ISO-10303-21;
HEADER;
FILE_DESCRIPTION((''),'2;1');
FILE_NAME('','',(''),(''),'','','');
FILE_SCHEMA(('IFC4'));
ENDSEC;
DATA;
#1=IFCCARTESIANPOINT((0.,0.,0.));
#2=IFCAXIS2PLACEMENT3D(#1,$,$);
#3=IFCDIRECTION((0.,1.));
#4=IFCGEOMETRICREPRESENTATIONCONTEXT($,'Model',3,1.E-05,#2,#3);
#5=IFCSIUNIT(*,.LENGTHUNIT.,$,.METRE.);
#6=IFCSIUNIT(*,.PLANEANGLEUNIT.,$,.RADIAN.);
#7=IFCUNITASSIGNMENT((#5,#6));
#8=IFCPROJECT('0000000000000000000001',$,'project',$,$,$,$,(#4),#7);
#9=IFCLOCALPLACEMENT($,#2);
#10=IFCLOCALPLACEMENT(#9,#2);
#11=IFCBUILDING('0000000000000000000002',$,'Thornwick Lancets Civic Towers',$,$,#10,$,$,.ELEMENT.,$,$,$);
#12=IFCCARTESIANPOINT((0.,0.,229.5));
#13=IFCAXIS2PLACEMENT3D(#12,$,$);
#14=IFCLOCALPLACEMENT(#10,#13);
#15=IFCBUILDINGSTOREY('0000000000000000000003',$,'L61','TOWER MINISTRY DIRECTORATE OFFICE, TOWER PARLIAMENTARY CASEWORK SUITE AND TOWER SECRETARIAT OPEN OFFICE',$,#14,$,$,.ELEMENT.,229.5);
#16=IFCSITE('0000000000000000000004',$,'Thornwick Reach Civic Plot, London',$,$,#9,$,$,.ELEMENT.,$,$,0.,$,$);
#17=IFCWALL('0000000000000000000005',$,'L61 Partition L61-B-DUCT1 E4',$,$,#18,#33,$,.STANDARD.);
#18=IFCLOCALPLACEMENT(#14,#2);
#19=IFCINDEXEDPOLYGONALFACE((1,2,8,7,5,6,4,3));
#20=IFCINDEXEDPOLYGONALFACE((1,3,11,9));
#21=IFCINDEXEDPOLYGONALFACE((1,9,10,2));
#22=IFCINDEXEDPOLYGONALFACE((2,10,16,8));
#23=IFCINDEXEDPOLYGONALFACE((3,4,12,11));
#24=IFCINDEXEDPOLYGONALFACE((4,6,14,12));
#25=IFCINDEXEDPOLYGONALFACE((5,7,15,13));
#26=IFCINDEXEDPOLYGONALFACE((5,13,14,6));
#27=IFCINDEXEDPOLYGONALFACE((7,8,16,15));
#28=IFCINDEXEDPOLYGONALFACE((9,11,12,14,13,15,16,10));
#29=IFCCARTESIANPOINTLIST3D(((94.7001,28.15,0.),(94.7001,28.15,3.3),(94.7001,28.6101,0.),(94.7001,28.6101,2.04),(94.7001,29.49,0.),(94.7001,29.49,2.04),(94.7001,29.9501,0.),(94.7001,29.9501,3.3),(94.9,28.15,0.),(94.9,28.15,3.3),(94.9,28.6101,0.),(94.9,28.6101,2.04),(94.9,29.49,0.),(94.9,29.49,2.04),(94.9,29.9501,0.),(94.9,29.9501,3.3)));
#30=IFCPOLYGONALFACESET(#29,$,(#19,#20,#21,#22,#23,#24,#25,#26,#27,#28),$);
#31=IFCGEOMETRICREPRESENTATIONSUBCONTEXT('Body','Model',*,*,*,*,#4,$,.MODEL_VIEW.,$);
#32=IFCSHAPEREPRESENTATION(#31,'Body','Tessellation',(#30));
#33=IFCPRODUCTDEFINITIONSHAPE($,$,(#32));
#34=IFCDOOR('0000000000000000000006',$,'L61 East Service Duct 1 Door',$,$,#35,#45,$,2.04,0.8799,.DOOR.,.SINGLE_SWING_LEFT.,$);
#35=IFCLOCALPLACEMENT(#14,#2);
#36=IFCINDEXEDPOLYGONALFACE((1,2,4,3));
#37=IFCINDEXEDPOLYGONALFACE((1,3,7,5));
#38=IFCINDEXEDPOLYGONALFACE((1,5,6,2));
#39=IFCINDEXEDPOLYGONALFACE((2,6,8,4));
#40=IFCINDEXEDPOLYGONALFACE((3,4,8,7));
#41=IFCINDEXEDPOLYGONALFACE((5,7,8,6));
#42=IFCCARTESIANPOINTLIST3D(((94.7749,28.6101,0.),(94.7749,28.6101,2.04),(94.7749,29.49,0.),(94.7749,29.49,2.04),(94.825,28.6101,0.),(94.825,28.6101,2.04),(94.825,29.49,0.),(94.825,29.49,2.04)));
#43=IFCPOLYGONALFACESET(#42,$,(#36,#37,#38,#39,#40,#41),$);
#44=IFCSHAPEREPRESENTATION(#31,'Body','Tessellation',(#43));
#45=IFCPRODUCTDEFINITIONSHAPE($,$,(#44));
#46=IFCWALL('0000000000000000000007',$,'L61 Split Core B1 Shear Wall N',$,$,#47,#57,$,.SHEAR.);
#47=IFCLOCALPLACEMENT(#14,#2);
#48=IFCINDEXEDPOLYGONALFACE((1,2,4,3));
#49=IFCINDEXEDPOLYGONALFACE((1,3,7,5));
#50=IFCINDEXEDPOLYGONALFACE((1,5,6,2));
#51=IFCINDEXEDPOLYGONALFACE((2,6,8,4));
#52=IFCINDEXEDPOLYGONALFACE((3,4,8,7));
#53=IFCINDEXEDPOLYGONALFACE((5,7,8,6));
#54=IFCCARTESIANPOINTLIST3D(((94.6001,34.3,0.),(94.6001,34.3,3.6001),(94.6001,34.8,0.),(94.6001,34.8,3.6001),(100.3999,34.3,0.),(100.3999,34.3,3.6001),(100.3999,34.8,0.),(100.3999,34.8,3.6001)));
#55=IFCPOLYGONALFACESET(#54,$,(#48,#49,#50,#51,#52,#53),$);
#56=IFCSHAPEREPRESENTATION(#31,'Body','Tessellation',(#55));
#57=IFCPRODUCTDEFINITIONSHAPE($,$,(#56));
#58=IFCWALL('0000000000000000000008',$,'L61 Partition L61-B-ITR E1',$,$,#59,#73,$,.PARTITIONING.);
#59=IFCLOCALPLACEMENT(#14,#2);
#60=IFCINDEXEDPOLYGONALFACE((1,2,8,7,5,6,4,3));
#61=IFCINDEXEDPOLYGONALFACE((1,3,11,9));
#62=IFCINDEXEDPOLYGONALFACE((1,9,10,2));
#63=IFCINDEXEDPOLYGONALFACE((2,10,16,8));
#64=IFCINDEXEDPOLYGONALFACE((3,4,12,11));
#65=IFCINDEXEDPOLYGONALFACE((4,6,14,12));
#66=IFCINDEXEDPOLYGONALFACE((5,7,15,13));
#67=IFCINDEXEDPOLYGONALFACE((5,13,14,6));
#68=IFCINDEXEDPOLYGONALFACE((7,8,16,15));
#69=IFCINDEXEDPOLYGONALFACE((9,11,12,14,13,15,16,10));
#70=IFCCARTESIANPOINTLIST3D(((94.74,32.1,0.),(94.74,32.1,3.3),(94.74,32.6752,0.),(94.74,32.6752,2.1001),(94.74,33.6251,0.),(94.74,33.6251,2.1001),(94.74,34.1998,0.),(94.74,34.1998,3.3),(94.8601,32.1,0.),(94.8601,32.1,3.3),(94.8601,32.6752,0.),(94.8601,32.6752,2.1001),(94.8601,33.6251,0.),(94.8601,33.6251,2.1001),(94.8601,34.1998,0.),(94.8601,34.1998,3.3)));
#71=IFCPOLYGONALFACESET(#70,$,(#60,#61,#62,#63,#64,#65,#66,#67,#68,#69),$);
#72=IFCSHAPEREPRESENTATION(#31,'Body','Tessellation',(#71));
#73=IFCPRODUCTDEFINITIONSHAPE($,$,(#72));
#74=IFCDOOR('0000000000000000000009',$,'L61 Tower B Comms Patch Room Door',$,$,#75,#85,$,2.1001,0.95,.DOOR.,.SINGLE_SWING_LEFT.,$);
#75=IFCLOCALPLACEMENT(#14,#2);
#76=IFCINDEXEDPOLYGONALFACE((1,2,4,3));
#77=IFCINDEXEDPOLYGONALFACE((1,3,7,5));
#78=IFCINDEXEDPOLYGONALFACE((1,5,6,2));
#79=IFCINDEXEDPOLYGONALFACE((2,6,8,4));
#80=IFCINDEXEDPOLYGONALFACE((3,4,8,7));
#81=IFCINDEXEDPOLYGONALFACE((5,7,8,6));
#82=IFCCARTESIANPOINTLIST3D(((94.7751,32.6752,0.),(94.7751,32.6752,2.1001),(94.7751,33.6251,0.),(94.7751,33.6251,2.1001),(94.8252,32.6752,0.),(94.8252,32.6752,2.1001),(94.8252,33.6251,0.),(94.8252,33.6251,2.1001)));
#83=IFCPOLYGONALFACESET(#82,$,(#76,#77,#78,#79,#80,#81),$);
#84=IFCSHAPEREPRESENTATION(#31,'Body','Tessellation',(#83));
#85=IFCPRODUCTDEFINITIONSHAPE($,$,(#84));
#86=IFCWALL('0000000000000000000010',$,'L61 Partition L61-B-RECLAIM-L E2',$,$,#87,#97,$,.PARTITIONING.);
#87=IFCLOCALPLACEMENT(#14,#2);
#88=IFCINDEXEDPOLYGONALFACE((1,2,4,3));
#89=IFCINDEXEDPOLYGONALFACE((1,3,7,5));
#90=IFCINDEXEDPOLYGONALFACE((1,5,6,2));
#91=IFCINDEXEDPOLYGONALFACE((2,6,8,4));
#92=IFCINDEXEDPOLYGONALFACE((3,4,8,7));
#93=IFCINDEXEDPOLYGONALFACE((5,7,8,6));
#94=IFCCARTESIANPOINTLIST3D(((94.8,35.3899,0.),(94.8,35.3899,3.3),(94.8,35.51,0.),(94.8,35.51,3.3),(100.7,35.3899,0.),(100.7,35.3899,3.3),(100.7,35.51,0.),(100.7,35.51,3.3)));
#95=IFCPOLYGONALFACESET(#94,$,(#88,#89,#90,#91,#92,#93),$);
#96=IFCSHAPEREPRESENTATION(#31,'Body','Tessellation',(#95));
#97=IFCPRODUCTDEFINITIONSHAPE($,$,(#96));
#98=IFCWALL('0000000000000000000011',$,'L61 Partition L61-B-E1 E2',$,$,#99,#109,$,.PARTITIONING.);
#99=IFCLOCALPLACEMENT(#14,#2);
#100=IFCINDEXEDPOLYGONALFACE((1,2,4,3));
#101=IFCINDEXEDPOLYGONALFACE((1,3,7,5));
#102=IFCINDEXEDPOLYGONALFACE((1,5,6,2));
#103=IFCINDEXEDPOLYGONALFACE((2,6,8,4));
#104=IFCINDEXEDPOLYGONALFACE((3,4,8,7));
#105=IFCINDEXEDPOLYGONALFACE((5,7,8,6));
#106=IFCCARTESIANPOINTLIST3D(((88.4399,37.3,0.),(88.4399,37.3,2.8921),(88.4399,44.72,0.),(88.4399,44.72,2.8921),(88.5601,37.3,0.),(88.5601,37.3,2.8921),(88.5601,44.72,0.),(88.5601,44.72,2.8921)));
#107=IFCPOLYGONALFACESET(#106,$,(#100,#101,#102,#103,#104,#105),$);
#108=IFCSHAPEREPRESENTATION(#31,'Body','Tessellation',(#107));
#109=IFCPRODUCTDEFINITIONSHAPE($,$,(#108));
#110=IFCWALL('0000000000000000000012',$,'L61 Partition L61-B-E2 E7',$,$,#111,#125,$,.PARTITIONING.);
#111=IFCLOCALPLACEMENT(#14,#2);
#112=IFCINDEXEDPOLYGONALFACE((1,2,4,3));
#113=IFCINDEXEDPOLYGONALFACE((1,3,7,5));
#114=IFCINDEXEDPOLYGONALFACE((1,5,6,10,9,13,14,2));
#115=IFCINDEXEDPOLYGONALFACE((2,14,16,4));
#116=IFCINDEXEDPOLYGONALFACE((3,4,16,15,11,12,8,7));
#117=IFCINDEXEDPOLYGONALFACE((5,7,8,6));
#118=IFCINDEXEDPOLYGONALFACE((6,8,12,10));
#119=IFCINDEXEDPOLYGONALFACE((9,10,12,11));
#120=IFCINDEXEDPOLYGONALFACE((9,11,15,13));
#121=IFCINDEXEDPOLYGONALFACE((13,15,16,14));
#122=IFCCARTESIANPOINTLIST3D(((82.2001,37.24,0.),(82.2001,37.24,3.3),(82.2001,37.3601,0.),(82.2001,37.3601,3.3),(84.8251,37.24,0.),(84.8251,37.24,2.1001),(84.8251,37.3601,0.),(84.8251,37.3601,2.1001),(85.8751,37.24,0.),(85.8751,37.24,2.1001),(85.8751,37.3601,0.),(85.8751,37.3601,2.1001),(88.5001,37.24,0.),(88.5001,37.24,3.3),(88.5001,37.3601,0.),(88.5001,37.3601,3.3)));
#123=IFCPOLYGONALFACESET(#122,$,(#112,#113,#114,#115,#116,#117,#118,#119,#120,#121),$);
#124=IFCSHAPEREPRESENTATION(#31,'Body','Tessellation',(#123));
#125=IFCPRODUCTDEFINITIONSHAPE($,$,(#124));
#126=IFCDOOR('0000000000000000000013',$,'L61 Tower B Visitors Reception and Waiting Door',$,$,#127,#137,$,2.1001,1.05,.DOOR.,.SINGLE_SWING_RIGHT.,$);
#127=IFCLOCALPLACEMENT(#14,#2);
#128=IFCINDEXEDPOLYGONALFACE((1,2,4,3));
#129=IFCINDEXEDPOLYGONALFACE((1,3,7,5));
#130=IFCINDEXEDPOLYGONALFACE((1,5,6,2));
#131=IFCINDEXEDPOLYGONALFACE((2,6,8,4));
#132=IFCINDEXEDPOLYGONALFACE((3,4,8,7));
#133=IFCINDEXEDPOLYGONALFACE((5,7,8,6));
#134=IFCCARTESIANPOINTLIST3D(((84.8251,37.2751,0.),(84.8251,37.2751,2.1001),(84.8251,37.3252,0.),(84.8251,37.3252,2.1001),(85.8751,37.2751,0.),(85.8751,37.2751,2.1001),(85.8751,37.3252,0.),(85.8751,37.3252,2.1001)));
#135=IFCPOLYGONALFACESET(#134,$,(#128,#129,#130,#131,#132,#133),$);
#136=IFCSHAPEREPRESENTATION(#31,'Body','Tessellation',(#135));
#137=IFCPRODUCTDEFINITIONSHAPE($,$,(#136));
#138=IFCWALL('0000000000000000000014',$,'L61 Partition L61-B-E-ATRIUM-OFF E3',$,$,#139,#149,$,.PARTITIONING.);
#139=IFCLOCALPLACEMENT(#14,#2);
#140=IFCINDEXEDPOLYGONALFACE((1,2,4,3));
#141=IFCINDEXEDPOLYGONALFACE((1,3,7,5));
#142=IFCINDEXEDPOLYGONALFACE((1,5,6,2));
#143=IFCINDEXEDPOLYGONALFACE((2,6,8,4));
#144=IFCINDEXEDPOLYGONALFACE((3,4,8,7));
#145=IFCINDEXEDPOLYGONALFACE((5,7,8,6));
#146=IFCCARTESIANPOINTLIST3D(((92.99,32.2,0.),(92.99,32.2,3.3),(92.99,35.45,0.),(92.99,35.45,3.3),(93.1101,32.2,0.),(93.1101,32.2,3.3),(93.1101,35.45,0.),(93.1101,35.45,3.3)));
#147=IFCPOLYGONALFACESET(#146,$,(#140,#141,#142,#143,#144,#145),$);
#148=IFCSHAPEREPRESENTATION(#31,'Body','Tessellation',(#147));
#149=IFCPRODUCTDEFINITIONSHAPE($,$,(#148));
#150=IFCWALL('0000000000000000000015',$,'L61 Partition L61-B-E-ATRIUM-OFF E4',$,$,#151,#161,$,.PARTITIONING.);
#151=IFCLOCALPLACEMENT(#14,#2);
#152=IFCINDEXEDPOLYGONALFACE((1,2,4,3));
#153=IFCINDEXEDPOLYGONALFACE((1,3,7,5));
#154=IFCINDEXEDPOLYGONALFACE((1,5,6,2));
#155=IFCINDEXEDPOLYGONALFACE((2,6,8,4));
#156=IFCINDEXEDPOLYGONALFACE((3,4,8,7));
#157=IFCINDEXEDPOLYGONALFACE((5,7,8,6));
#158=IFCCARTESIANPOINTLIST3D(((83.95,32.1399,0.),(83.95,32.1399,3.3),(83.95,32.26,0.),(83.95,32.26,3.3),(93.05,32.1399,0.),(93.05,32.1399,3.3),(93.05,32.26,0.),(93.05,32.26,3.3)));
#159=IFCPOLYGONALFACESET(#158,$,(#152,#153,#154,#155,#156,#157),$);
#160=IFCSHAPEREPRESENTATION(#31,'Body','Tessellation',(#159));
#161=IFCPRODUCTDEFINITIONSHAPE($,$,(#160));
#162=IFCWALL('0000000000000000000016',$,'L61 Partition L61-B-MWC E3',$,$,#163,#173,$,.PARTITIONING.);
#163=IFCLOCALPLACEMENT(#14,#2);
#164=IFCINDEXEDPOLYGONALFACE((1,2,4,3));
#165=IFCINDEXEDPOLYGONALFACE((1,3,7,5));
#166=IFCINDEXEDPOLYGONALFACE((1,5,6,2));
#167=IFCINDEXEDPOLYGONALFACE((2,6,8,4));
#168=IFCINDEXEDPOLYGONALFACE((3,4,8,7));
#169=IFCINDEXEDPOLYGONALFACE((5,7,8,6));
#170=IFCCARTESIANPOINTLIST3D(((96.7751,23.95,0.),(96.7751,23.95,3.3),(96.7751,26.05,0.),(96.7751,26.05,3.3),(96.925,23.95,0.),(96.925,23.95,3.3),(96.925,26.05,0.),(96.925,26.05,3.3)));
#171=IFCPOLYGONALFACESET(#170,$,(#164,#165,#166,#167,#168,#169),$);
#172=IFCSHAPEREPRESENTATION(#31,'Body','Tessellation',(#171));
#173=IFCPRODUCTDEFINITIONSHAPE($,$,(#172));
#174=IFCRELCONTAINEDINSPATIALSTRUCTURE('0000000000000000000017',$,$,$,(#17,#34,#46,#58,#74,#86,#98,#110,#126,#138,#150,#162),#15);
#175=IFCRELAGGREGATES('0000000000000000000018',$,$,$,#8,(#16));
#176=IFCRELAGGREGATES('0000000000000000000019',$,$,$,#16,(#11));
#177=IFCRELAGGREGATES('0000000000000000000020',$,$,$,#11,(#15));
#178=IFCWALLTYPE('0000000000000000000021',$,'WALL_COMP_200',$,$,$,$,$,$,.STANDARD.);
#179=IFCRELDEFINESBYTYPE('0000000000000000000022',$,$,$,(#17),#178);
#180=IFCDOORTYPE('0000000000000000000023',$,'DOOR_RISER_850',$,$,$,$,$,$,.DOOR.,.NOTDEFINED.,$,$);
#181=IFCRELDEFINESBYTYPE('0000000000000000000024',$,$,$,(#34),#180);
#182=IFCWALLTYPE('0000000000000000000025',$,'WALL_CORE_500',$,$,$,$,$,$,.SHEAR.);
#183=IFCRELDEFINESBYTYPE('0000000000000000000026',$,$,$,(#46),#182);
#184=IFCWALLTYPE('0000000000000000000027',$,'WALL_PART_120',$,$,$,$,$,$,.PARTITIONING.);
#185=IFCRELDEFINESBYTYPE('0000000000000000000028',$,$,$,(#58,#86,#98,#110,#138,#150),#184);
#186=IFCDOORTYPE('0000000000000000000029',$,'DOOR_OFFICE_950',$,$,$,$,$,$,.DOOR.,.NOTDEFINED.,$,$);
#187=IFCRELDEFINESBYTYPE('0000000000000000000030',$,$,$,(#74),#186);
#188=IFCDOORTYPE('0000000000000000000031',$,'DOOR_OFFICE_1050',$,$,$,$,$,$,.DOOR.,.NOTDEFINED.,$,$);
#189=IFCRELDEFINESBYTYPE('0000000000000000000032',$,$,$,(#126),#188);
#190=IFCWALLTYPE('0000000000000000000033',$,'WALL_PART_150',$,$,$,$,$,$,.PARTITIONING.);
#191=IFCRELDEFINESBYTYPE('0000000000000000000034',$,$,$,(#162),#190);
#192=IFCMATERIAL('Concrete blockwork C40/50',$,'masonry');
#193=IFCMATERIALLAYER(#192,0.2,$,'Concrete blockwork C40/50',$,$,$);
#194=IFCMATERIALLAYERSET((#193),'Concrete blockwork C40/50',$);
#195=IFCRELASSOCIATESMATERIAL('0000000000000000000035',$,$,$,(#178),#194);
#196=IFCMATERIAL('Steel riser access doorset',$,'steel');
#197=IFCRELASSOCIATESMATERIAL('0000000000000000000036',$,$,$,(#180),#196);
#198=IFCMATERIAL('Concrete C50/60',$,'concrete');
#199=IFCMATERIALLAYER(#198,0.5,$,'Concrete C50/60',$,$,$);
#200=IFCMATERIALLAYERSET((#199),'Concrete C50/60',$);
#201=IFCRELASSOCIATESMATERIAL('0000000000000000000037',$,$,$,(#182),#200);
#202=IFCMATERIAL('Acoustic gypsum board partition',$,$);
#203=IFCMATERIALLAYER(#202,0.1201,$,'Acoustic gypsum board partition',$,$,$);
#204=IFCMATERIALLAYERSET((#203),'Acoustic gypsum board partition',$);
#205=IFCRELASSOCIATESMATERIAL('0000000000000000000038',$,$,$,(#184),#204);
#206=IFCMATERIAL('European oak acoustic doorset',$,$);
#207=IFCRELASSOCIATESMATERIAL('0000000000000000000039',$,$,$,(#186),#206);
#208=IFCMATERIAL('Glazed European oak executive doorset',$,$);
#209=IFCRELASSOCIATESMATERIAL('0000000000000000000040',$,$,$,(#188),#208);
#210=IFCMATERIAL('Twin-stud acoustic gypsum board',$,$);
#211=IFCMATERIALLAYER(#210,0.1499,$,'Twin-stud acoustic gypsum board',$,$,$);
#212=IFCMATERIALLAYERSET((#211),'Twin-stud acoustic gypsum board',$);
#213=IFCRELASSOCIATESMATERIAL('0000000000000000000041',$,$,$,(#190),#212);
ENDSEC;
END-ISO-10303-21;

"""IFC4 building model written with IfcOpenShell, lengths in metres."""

from ifc_helpers import new_model, si_unit, direction, frame, frame_2d, origin, place, context, subcontext, project, spatial, rectangle, extrude, material, layer, layer_set, type_object, element, fill, save


model = new_model("IFC4")

# Units and contexts
model_context = context("Model", 3, precision=1e-05, world=origin(), true_north=direction((0.0, 1.0)))
body_context = subcontext(model_context, "Body", "Model", "MODEL_VIEW")
ifc_project = project(units=[si_unit("LENGTHUNIT", "METRE"), si_unit("PLANEANGLEUNIT", "RADIAN")], contexts=[model_context])

# Site, building, storey
site_placement = place(None, origin())
site = spatial("IfcSite", under=ifc_project, at=site_placement, Name="Thornwick Reach Civic Plot, London", CompositionType="ELEMENT", RefElevation=0.0)
building_placement = place(site_placement, origin())
building = spatial("IfcBuilding", under=site, at=building_placement, Name="Thornwick Lancets Civic Towers", CompositionType="ELEMENT")
storey_placement = place(building_placement, frame((0.0, 0.0, 229.5)))
storey = spatial("IfcBuildingStorey", under=building, at=storey_placement, Name="L61", Description="TOWER MINISTRY DIRECTORATE OFFICE, TOWER PARLIAMENTARY CASEWORK SUITE AND TOWER SECRETARIAT OPEN OFFICE", CompositionType="ELEMENT", Elevation=229.5)

# Shared definitions
ifc_material_1 = material(Name="Concrete C50/60", Category="concrete")

# Shared definitions
ifc_material_2 = material(Name="Concrete blockwork C40/50", Category="masonry")
ifc_layer_1 = layer(ifc_material_2, 0.2, Name="Concrete blockwork C40/50")
ifc_layer_set_1 = layer_set([ifc_layer_1], Name="Concrete blockwork C40/50")
wall_type_1 = type_object("IfcWallType", Name="WALL_COMP_200", PredefinedType="STANDARD", material=ifc_layer_set_1)

# Wall, opening, door
wall_1_placement = place(storey_placement, frame((94.8, 29.95, 0.0), z_axis=(0.0, 0.0, 1.0), x_axis=(0.0, -1.0, 0.0)))
wall_1 = element("IfcWall", 1, at=wall_1_placement, inside=storey, type_object=wall_type_1, Name="L61 Partition L61-B-DUCT1 E4", PredefinedType="STANDARD", context=body_context, shape_type="SweptSolid", body=[
    extrude(rectangle(XDim=1.8, YDim=0.2, at=frame_2d((0.8999, 0.0))), origin(), (0.0, 0.0, 1.0), 3.3),
])
opening_1_placement = place(wall_1_placement, frame((0.46, 0.0, 0.0)))
opening_1 = element("IfcOpeningElement", 2, at=opening_1_placement, cuts=wall_1, PredefinedType="OPENING", context=body_context, shape_type="SweptSolid", body=[
    extrude(rectangle(XDim=0.8799, YDim=2.04, at=frame_2d((0.4399, 1.02))), frame((0.0, 0.1099, 0.0), z_axis=(0.0, -1.0, 0.0), x_axis=(1.0, 0.0, 0.0)), (0.0, 0.0, 1.0), 0.22),
])
ifc_material_3 = material(Name="Steel riser access doorset", Category="steel")
door_type_1 = type_object("IfcDoorType", Name="DOOR_RISER_850", OperationType="NOTDEFINED", PredefinedType="DOOR", material=ifc_material_3)
door_1_placement = place(opening_1_placement, origin())
door_1 = element("IfcDoor", 3, at=door_1_placement, inside=storey, type_object=door_type_1, Name="L61 East Service Duct 1 Door", OperationType="SINGLE_SWING_LEFT", OverallHeight=2.04, OverallWidth=0.8799, PredefinedType="DOOR", context=body_context, shape_type="SweptSolid", body=[
    extrude(rectangle(XDim=0.8799, YDim=2.04, at=frame_2d((0.4399, 1.02))), frame((0.0, 0.0249, 0.0), z_axis=(0.0, -1.0, 0.0), x_axis=(1.0, 0.0, 0.0)), (0.0, 0.0, 1.0), 0.05),
])
fill(opening_1, door_1)

# Wall
ifc_layer_2 = layer(ifc_material_1, 0.5, Name="Concrete C50/60")
ifc_layer_set_2 = layer_set([ifc_layer_2], Name="Concrete C50/60")
wall_type_2 = type_object("IfcWallType", Name="WALL_CORE_500", PredefinedType="SHEAR", material=ifc_layer_set_2)
wall_2_placement = place(storey_placement, frame((94.6001, 34.55, 0.0), z_axis=(0.0, 0.0, 1.0), x_axis=(1.0, 0.0, 0.0)))
element("IfcWall", 4, at=wall_2_placement, inside=storey, type_object=wall_type_2, Name="L61 Split Core B1 Shear Wall N", PredefinedType="SHEAR", context=body_context, shape_type="SweptSolid", body=[
    extrude(rectangle(XDim=5.7998, YDim=0.5, at=frame_2d((2.8999, 0.0))), origin(), (0.0, 0.0, 1.0), 3.6001),
])

# Wall, opening, door
ifc_material_4 = material(Name="Acoustic gypsum board partition")
ifc_layer_3 = layer(ifc_material_4, 0.1201, Name="Acoustic gypsum board partition")
ifc_layer_set_3 = layer_set([ifc_layer_3], Name="Acoustic gypsum board partition")
wall_type_3 = type_object("IfcWallType", Name="WALL_PART_120", PredefinedType="PARTITIONING", material=ifc_layer_set_3)
wall_3_placement = place(storey_placement, frame((94.8, 32.1001, 0.0), z_axis=(0.0, 0.0, 1.0), x_axis=(0.0, 1.0, 0.0)))
wall_3 = element("IfcWall", 5, at=wall_3_placement, inside=storey, type_object=wall_type_3, Name="L61 Partition L61-B-ITR E1", PredefinedType="PARTITIONING", context=body_context, shape_type="SweptSolid", body=[
    extrude(rectangle(XDim=2.0999, YDim=0.1201, at=frame_2d((1.0498, 0.0))), origin(), (0.0, 0.0, 1.0), 3.3),
])
opening_2_placement = place(wall_3_placement, frame((0.575, 0.0, 0.0)))
opening_2 = element("IfcOpeningElement", 6, at=opening_2_placement, cuts=wall_3, PredefinedType="OPENING", context=body_context, shape_type="SweptSolid", body=[
    extrude(rectangle(XDim=0.95, YDim=2.1001, at=frame_2d((0.4751, 1.05))), frame((0.0, 0.0701, 0.0), z_axis=(0.0, -1.0, 0.0), x_axis=(1.0, 0.0, 0.0)), (0.0, 0.0, 1.0), 0.1401),
])
ifc_material_5 = material(Name="European oak acoustic doorset")
door_type_2 = type_object("IfcDoorType", Name="DOOR_OFFICE_950", OperationType="NOTDEFINED", PredefinedType="DOOR", material=ifc_material_5)
door_2_placement = place(opening_2_placement, origin())
door_2 = element("IfcDoor", 7, at=door_2_placement, inside=storey, type_object=door_type_2, Name="L61 Tower B Comms Patch Room Door", OperationType="SINGLE_SWING_LEFT", OverallHeight=2.1001, OverallWidth=0.95, PredefinedType="DOOR", context=body_context, shape_type="SweptSolid", body=[
    extrude(rectangle(XDim=0.95, YDim=2.1001, at=frame_2d((0.4751, 1.05))), frame((0.0, 0.0249, 0.0), z_axis=(0.0, -1.0, 0.0), x_axis=(1.0, 0.0, 0.0)), (0.0, 0.0, 1.0), 0.05),
])
fill(opening_2, door_2)

# Walls
wall_4_placement = place(storey_placement, frame((94.8, 35.45, 0.0), z_axis=(0.0, 0.0, 1.0), x_axis=(1.0, 0.0, 0.0)))
element("IfcWall", 8, at=wall_4_placement, inside=storey, type_object=wall_type_3, Name="L61 Partition L61-B-RECLAIM-L E2", PredefinedType="PARTITIONING", context=body_context, shape_type="SweptSolid", body=[
    extrude(rectangle(XDim=5.8999, YDim=0.1201, at=frame_2d((2.95, 0.0))), origin(), (0.0, 0.0, 1.0), 3.3),
])
wall_5_placement = place(storey_placement, frame((88.5, 37.3, 0.0), z_axis=(0.0, 0.0, 1.0), x_axis=(0.0, 1.0, 0.0)))
element("IfcWall", 9, at=wall_5_placement, inside=storey, type_object=wall_type_3, Name="L61 Partition L61-B-E1 E2", PredefinedType="PARTITIONING", context=body_context, shape_type="SweptSolid", body=[
    extrude(rectangle(XDim=7.4199, YDim=0.1201, at=frame_2d((3.71, 0.0))), origin(), (0.0, 0.0, 1.0), 2.8921),
])

# Wall, opening, door
wall_6_placement = place(storey_placement, frame((88.5, 37.3, 0.0), z_axis=(0.0, 0.0, 1.0), x_axis=(-1.0, 0.0, 0.0)))
wall_6 = element("IfcWall", 10, at=wall_6_placement, inside=storey, type_object=wall_type_3, Name="L61 Partition L61-B-E2 E7", PredefinedType="PARTITIONING", context=body_context, shape_type="SweptSolid", body=[
    extrude(rectangle(XDim=6.3, YDim=0.1201, at=frame_2d((3.1499, 0.0))), origin(), (0.0, 0.0, 1.0), 3.3),
])
opening_3_placement = place(wall_6_placement, frame((2.625, 0.0, 0.0)))
opening_3 = element("IfcOpeningElement", 11, at=opening_3_placement, cuts=wall_6, PredefinedType="OPENING", context=body_context, shape_type="SweptSolid", body=[
    extrude(rectangle(XDim=1.05, YDim=2.1001, at=frame_2d((0.5249, 1.05))), frame((0.0, 0.0701, 0.0), z_axis=(0.0, -1.0, 0.0), x_axis=(1.0, 0.0, 0.0)), (0.0, 0.0, 1.0), 0.1401),
])
ifc_material_6 = material(Name="Glazed European oak executive doorset")
door_type_3 = type_object("IfcDoorType", Name="DOOR_OFFICE_1050", OperationType="NOTDEFINED", PredefinedType="DOOR", material=ifc_material_6)
door_3_placement = place(opening_3_placement, origin())
door_3 = element("IfcDoor", 12, at=door_3_placement, inside=storey, type_object=door_type_3, Name="L61 Tower B Visitors Reception and Waiting Door", OperationType="SINGLE_SWING_RIGHT", OverallHeight=2.1001, OverallWidth=1.05, PredefinedType="DOOR", context=body_context, shape_type="SweptSolid", body=[
    extrude(rectangle(XDim=1.05, YDim=2.1001, at=frame_2d((0.5249, 1.05))), frame((0.0, 0.0249, 0.0), z_axis=(0.0, -1.0, 0.0), x_axis=(1.0, 0.0, 0.0)), (0.0, 0.0, 1.0), 0.05),
])
fill(opening_3, door_3)

# Walls
wall_7_placement = place(storey_placement, frame((93.05, 35.45, 0.0), z_axis=(0.0, 0.0, 1.0), x_axis=(0.0, -1.0, 0.0)))
element("IfcWall", 13, at=wall_7_placement, inside=storey, type_object=wall_type_3, Name="L61 Partition L61-B-E-ATRIUM-OFF E3", PredefinedType="PARTITIONING", context=body_context, shape_type="SweptSolid", body=[
    extrude(rectangle(XDim=3.25, YDim=0.1201, at=frame_2d((1.625, 0.0))), origin(), (0.0, 0.0, 1.0), 3.3),
])
wall_8_placement = place(storey_placement, frame((93.05, 32.2, 0.0), z_axis=(0.0, 0.0, 1.0), x_axis=(-1.0, 0.0, 0.0)))
element("IfcWall", 14, at=wall_8_placement, inside=storey, type_object=wall_type_3, Name="L61 Partition L61-B-E-ATRIUM-OFF E4", PredefinedType="PARTITIONING", context=body_context, shape_type="SweptSolid", body=[
    extrude(rectangle(XDim=9.1001, YDim=0.1201, at=frame_2d((4.55, 0.0))), origin(), (0.0, 0.0, 1.0), 3.3),
])
ifc_material_7 = material(Name="Twin-stud acoustic gypsum board")
ifc_layer_4 = layer(ifc_material_7, 0.1499, Name="Twin-stud acoustic gypsum board")
ifc_layer_set_4 = layer_set([ifc_layer_4], Name="Twin-stud acoustic gypsum board")
wall_type_4 = type_object("IfcWallType", Name="WALL_PART_150", PredefinedType="PARTITIONING", material=ifc_layer_set_4)
wall_9_placement = place(storey_placement, frame((96.8501, 26.05, 0.0), z_axis=(0.0, 0.0, 1.0), x_axis=(0.0, -1.0, 0.0)))
element("IfcWall", 15, at=wall_9_placement, inside=storey, type_object=wall_type_4, Name="L61 Partition L61-B-MWC E3", PredefinedType="PARTITIONING", context=body_context, shape_type="SweptSolid", body=[
    extrude(rectangle(XDim=2.1001, YDim=0.1499, at=frame_2d((1.05, 0.0))), origin(), (0.0, 0.0, 1.0), 3.3),
])

save(model, "model.ifc")
